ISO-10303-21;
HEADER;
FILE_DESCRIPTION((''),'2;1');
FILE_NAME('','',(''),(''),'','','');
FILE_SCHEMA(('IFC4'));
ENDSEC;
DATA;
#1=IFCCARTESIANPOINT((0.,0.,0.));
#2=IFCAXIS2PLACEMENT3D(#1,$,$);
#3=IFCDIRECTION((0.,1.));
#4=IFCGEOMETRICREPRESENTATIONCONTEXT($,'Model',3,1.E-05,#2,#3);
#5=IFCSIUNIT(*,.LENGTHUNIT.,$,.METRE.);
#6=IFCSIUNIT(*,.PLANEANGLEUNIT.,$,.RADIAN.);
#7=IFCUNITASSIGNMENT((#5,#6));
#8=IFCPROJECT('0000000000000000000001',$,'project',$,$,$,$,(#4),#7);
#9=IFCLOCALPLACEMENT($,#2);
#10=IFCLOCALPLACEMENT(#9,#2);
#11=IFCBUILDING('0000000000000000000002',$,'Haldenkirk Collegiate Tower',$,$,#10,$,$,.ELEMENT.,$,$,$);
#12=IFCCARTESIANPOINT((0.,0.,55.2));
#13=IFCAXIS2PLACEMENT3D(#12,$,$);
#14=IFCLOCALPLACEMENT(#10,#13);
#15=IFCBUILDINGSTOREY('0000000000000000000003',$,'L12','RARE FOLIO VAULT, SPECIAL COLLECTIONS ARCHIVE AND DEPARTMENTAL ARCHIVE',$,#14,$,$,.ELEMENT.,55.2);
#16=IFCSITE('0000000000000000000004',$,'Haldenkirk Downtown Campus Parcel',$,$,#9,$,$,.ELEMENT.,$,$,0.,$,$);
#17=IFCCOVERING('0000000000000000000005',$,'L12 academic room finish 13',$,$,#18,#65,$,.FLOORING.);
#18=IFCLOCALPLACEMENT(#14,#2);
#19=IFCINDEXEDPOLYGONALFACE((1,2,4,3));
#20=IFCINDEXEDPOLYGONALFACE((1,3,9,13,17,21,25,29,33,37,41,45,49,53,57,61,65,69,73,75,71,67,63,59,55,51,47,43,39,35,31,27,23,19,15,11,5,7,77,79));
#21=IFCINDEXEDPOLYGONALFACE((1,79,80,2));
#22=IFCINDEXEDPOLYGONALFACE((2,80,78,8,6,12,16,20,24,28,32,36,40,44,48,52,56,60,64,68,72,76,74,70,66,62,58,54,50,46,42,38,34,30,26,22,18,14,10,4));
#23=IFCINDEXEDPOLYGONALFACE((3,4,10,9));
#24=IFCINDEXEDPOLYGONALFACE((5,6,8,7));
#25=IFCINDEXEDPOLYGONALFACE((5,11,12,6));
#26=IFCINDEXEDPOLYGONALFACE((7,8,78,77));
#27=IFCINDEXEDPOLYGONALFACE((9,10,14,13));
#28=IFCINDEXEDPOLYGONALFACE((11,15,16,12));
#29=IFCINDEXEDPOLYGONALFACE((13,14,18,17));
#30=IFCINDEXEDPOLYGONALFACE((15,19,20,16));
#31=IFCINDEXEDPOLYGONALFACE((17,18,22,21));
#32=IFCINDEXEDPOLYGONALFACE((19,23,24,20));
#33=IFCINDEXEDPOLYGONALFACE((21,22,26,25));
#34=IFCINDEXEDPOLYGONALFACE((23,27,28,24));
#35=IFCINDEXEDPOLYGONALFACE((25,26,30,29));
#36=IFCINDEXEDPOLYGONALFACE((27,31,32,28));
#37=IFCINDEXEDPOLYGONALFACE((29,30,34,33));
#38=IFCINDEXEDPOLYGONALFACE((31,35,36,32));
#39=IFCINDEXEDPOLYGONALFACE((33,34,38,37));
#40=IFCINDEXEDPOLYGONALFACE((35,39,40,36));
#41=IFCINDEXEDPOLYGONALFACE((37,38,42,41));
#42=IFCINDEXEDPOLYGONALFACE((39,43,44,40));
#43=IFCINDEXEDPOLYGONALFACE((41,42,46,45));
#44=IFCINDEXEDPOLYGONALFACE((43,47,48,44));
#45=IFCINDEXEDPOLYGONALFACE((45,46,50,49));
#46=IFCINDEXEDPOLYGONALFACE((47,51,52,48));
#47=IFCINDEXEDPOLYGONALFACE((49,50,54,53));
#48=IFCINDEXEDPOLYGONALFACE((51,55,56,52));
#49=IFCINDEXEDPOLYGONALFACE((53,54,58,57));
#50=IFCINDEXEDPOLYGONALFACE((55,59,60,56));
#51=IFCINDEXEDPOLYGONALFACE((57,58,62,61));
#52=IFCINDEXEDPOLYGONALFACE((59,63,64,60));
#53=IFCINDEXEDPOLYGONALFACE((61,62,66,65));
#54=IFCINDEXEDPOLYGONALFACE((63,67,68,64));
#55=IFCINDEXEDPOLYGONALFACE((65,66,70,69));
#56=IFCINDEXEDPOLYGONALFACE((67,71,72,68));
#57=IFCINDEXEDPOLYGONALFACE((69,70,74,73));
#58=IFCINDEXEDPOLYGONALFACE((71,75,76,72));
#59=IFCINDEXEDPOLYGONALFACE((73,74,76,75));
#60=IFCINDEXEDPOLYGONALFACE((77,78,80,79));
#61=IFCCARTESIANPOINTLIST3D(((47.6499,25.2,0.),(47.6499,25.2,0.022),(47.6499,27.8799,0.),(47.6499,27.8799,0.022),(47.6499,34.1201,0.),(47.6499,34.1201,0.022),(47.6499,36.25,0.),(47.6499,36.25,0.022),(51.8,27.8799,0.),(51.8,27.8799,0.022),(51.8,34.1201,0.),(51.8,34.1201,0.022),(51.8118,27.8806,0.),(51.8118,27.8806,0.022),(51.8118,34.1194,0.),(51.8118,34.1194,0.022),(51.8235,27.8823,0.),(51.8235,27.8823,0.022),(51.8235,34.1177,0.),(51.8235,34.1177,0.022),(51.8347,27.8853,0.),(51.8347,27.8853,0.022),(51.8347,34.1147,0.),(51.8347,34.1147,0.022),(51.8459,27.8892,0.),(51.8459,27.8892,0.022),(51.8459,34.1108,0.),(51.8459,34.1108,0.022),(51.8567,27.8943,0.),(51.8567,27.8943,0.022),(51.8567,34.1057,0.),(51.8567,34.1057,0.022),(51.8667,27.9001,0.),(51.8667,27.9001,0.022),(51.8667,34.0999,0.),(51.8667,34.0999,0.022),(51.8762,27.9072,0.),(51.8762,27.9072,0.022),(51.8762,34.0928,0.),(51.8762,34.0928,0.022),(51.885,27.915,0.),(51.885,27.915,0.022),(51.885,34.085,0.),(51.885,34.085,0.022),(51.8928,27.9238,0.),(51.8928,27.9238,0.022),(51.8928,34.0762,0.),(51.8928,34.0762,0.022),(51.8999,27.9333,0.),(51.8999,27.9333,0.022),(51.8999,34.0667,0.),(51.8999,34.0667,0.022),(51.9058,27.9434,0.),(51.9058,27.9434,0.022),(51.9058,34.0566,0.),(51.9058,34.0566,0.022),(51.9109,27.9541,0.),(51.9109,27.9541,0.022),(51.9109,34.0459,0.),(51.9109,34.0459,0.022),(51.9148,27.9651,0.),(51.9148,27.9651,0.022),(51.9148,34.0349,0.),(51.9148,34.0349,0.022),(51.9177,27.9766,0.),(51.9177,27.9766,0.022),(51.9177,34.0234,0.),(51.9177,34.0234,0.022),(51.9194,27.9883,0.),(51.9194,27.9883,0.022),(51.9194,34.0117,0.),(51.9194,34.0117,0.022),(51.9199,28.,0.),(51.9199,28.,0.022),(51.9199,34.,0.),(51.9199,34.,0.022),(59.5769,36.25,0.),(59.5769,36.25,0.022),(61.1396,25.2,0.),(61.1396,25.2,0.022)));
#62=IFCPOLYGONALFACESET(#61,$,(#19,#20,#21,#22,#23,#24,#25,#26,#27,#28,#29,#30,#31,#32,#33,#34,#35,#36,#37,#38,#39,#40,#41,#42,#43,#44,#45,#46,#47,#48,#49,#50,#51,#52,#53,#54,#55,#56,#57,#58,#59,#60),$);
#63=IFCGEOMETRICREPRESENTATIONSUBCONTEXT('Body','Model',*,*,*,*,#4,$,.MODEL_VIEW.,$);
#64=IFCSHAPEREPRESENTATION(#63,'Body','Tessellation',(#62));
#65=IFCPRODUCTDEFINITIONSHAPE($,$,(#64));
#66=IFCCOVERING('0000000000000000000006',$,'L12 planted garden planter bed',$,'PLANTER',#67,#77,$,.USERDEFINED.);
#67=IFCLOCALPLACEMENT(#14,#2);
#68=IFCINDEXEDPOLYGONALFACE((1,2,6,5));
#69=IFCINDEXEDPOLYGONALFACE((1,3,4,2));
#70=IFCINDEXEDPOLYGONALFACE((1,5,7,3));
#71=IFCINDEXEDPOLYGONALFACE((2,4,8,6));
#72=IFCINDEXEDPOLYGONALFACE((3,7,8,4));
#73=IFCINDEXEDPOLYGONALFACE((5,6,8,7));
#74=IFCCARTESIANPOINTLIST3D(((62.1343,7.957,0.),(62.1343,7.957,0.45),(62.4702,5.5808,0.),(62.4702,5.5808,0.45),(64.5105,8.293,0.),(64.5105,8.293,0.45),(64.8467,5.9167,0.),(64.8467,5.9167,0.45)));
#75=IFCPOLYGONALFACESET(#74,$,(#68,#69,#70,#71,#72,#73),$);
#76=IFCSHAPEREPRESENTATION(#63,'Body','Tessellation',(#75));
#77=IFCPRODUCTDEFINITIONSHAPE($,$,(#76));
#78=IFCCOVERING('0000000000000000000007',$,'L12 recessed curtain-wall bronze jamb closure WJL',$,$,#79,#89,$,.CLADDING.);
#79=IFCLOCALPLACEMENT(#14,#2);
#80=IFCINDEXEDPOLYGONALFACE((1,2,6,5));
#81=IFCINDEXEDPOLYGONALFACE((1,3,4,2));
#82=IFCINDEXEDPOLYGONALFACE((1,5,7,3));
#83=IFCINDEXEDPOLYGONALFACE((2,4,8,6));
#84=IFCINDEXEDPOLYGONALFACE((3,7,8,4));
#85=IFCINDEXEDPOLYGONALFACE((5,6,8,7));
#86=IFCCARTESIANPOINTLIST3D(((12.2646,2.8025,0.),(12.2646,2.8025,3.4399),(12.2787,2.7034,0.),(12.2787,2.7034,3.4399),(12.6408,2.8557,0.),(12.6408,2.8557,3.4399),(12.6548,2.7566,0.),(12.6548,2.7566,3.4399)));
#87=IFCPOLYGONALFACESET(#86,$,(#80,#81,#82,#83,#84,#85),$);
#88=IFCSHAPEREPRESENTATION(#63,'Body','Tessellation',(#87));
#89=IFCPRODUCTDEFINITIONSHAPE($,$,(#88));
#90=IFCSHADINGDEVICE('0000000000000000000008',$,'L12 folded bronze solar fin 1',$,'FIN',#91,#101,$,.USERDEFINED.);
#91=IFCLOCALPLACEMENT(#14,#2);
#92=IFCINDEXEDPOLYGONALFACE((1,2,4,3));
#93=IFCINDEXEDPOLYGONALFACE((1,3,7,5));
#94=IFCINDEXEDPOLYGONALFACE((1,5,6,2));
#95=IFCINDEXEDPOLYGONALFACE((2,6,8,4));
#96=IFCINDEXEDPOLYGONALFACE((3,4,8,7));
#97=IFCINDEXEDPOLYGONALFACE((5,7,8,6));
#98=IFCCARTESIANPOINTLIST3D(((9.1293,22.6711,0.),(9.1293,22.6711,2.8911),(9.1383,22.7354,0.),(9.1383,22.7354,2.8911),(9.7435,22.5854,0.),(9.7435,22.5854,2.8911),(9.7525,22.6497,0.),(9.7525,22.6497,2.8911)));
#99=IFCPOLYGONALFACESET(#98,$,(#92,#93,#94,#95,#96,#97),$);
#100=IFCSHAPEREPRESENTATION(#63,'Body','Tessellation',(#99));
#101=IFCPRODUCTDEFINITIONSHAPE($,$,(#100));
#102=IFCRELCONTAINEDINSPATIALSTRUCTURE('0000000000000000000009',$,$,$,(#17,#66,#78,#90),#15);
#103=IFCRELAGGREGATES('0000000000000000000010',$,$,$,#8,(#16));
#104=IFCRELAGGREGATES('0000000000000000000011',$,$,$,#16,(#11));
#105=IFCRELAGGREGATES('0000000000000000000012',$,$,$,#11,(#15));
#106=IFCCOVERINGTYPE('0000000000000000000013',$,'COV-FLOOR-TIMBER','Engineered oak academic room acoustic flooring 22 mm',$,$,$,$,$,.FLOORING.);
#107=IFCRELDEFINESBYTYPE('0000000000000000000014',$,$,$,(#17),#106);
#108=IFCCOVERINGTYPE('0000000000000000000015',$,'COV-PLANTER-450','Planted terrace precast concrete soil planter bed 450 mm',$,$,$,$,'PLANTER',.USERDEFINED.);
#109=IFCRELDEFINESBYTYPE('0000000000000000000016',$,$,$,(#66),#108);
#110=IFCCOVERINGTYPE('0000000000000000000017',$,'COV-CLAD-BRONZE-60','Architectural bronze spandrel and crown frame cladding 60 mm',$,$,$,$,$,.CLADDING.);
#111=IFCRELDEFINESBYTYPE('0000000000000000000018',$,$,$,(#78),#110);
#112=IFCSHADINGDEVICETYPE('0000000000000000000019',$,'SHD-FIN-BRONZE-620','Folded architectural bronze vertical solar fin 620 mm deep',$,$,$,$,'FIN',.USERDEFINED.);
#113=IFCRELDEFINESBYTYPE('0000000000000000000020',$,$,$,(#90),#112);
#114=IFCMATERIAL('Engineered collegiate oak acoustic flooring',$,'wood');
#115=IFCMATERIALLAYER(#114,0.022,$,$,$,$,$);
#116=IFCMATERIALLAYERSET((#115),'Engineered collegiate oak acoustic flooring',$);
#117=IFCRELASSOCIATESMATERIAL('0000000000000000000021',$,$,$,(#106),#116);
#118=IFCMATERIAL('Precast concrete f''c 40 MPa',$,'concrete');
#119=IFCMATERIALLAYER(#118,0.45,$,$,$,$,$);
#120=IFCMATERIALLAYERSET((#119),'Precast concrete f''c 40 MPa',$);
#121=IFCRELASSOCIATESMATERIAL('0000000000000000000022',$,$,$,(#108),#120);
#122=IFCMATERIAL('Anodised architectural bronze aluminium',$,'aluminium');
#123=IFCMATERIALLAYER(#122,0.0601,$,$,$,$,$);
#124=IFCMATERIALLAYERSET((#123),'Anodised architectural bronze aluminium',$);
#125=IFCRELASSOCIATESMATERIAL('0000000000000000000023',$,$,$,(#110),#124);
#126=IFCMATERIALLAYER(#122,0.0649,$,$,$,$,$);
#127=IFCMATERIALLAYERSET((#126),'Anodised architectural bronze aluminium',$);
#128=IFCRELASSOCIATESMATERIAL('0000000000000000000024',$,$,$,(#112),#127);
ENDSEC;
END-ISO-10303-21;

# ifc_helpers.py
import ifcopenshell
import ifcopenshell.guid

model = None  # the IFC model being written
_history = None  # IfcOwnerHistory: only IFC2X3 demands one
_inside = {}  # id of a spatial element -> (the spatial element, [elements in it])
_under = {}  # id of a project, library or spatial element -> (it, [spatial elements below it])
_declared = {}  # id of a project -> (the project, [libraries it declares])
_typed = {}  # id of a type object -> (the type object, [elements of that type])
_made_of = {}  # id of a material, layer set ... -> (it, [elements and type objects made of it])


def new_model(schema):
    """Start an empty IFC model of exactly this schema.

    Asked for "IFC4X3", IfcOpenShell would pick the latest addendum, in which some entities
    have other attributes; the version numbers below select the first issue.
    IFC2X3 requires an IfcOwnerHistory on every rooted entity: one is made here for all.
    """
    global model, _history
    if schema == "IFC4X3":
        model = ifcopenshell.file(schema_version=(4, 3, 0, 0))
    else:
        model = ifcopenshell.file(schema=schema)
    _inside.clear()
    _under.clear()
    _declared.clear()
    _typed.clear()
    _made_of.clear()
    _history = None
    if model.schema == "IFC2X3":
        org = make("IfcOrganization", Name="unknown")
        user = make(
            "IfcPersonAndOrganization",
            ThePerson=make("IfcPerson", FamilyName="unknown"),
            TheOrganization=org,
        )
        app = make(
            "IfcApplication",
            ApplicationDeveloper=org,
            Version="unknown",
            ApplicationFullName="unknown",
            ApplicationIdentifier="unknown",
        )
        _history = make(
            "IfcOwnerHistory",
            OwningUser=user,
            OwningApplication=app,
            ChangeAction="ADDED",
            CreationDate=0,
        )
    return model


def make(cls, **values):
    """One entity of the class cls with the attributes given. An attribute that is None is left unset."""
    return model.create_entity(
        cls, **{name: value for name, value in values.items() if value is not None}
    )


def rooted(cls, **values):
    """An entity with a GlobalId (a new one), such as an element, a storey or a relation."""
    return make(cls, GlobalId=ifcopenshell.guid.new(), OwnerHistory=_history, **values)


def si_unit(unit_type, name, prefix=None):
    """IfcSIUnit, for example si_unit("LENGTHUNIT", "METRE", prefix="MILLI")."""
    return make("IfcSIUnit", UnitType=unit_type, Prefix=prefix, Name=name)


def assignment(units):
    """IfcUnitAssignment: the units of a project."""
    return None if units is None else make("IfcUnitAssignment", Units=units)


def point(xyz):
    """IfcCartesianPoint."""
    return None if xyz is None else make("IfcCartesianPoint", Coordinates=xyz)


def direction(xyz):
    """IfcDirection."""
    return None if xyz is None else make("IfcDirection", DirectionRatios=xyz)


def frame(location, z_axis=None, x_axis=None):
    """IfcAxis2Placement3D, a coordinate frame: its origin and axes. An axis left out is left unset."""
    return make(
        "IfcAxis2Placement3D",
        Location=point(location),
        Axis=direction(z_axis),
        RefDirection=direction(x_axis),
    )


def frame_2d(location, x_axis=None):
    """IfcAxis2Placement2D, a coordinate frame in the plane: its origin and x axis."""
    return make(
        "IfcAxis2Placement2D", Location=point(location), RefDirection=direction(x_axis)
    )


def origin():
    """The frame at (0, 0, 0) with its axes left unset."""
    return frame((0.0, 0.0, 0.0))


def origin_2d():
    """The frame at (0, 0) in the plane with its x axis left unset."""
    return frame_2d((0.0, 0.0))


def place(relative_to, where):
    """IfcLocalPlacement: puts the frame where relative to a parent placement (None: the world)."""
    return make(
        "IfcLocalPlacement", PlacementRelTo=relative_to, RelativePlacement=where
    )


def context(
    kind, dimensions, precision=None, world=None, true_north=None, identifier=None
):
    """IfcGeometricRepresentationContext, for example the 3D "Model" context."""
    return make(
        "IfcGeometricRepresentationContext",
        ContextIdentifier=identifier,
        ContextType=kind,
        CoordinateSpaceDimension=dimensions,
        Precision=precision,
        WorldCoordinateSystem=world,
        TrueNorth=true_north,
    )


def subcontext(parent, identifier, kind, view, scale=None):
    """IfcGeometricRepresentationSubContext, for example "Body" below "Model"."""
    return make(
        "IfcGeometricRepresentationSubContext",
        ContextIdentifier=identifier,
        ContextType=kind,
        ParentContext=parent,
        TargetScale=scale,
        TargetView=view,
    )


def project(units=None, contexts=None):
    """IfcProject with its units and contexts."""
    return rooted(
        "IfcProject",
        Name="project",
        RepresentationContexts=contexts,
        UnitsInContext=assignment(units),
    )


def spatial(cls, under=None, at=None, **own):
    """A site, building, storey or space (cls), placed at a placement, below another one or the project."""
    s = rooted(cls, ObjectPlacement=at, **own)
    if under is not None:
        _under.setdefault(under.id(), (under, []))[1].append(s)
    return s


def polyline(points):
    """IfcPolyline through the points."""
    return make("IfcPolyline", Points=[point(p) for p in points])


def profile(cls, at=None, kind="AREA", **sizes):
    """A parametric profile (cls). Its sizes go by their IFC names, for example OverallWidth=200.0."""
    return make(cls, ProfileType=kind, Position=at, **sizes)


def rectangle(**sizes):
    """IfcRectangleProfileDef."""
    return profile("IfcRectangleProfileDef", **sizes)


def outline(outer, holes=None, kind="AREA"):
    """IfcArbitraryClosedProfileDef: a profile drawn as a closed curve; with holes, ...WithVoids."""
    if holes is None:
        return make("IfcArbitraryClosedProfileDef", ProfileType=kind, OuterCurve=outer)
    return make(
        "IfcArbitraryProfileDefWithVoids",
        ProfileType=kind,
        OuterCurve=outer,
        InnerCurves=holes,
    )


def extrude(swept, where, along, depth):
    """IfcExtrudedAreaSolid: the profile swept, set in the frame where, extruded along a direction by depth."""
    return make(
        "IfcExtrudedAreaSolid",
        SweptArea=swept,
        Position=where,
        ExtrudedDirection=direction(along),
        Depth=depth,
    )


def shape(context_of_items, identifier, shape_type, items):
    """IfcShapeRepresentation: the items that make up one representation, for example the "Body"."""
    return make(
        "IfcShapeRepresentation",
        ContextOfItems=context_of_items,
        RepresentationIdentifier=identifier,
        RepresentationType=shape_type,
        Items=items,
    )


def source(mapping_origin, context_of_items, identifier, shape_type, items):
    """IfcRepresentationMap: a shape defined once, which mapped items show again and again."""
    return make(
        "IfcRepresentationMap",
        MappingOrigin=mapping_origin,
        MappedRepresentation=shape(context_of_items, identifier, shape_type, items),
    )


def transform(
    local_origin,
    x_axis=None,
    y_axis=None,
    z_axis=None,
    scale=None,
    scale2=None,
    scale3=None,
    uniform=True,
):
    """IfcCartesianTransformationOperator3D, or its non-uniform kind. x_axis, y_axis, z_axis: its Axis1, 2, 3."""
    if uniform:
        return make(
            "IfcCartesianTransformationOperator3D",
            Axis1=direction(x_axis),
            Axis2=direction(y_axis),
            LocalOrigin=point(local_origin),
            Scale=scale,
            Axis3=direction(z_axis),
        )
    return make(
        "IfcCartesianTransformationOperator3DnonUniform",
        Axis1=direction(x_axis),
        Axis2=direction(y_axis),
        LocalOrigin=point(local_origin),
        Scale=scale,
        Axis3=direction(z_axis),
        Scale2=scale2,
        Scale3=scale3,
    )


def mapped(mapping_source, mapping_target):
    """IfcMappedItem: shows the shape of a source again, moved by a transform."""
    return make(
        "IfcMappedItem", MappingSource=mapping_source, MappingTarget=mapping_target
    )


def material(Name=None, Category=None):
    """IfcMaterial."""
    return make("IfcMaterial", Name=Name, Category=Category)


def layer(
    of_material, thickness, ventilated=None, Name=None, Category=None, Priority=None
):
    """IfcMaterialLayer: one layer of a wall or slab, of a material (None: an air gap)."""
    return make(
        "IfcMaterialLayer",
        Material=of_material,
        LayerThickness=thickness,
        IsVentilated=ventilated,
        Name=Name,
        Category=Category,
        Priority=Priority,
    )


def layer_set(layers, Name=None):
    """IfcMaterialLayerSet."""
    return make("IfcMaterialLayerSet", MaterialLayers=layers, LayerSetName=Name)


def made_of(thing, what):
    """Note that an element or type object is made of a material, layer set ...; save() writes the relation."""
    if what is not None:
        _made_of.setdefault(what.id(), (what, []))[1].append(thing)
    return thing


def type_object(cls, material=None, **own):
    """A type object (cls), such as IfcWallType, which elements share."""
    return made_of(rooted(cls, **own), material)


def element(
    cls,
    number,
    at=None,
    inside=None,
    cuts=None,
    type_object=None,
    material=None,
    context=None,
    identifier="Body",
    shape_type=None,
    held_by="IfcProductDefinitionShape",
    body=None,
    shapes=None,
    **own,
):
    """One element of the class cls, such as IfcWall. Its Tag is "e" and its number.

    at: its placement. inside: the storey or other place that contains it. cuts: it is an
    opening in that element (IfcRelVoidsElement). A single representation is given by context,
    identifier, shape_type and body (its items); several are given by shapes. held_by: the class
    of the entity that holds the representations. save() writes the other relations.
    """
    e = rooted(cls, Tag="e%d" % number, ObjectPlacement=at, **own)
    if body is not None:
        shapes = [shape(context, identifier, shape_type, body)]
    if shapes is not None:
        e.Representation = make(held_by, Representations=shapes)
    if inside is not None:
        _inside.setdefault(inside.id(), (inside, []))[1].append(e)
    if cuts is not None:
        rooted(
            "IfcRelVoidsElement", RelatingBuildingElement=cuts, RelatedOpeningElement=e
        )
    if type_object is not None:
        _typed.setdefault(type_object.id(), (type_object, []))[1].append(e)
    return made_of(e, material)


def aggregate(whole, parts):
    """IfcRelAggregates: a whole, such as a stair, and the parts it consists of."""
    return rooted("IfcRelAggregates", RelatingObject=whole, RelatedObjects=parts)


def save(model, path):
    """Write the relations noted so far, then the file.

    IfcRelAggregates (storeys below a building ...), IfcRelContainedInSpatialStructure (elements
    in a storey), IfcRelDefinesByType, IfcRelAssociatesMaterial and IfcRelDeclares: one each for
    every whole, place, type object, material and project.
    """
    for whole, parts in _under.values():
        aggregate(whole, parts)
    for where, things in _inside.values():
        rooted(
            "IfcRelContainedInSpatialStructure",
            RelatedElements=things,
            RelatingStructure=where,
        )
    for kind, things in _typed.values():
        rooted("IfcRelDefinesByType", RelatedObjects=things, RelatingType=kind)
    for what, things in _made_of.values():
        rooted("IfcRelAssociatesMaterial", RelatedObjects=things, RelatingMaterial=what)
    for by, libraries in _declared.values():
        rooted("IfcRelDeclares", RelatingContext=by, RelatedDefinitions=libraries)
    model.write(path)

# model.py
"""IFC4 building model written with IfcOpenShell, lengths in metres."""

from ifc_helpers import new_model, si_unit, direction, frame, origin, origin_2d, place, context, subcontext, project, spatial, polyline, rectangle, outline, extrude, source, transform, mapped, material, layer, layer_set, type_object, element, save


model = new_model("IFC4")

# Units and contexts
model_context = context("Model", 3, precision=1e-05, world=origin(), true_north=direction((0.0, 1.0)))
body_context = subcontext(model_context, "Body", "Model", "MODEL_VIEW")
ifc_project = project(units=[si_unit("LENGTHUNIT", "METRE"), si_unit("PLANEANGLEUNIT", "RADIAN")], contexts=[model_context])

# Site, building, storey
site_placement = place(None, origin())
site = spatial("IfcSite", under=ifc_project, at=site_placement, Name="Haldenkirk Downtown Campus Parcel", CompositionType="ELEMENT", RefElevation=0.0)
building_placement = place(site_placement, origin())
building = spatial("IfcBuilding", under=site, at=building_placement, Name="Haldenkirk Collegiate Tower", CompositionType="ELEMENT")
storey_placement = place(building_placement, frame((0.0, 0.0, 55.2)))
storey = spatial("IfcBuildingStorey", under=building, at=storey_placement, Name="L12", Description="RARE FOLIO VAULT, SPECIAL COLLECTIONS ARCHIVE AND DEPARTMENTAL ARCHIVE", CompositionType="ELEMENT", Elevation=55.2)

# Shared definitions
ifc_material_1 = material(Name="Anodised architectural bronze aluminium", Category="aluminium")

# Shared definitions
ifc_material_2 = material(Name="Precast concrete f'c 40 MPa", Category="concrete")

# Coverings
ifc_material_3 = material(Name="Engineered collegiate oak acoustic flooring", Category="wood")
ifc_layer_1 = layer(ifc_material_3, 0.022)
ifc_layer_set_1 = layer_set([ifc_layer_1], Name="Engineered collegiate oak acoustic flooring")
covering_type_1 = type_object("IfcCoveringType", Name="COV-FLOOR-TIMBER", Description="Engineered oak academic room acoustic flooring 22 mm", PredefinedType="FLOORING", material=ifc_layer_set_1)
covering_1_placement = place(storey_placement, origin())
element("IfcCovering", 1, at=covering_1_placement, inside=storey, type_object=covering_type_1, Name="L12 academic room finish 13", PredefinedType="FLOORING", context=body_context, shape_type="SweptSolid", body=[
    extrude(outline(polyline([(51.8, 27.8799), (51.8118, 27.8806), (51.8235, 27.8823), (51.8347, 27.8853), (51.8459, 27.8892), (51.8567, 27.8943), (51.8667, 27.9001), (51.8762, 27.9072), (51.885, 27.915), (51.8928, 27.9238), (51.8999, 27.9333), (51.9058, 27.9434), (51.9109, 27.9541), (51.9148, 27.9651), (51.9177, 27.9766), (51.9194, 27.9883), (51.9199, 28.0), (51.9199, 34.0), (51.9194, 34.0117), (51.9177, 34.0234), (51.9148, 34.0349), (51.9109, 34.0459), (51.9058, 34.0566), (51.8999, 34.0667), (51.8928, 34.0762), (51.885, 34.085), (51.8762, 34.0928), (51.8667, 34.0999), (51.8567, 34.1057), (51.8459, 34.1108), (51.8347, 34.1147), (51.8235, 34.1177), (51.8118, 34.1194), (51.8, 34.1201), (47.6499, 34.1201), (47.6499, 36.25), (59.5769, 36.25), (61.1396, 25.2), (47.6499, 25.2), (47.6499, 27.8799), (51.8, 27.8799)])), origin(), (0.0, 0.0, 1.0), 0.022),
])
ifc_layer_2 = layer(ifc_material_2, 0.45)
ifc_layer_set_2 = layer_set([ifc_layer_2], Name="Precast concrete f'c 40 MPa")
covering_type_2 = type_object("IfcCoveringType", Name="COV-PLANTER-450", Description="Planted terrace precast concrete soil planter bed 450 mm", ElementType="PLANTER", PredefinedType="USERDEFINED", material=ifc_layer_set_2)
covering_2_placement = place(storey_placement, origin())
element("IfcCovering", 2, at=covering_2_placement, inside=storey, type_object=covering_type_2, Name="L12 planted garden planter bed", ObjectType="PLANTER", PredefinedType="USERDEFINED", context=body_context, shape_type="SweptSolid", body=[
    extrude(outline(polyline([(62.4702, 5.5808), (62.1343, 7.957), (64.5105, 8.293), (64.8467, 5.9167), (62.4702, 5.5808)])), origin(), (0.0, 0.0, 1.0), 0.45),
])
ifc_layer_3 = layer(ifc_material_1, 0.0601)
ifc_layer_set_3 = layer_set([ifc_layer_3], Name="Anodised architectural bronze aluminium")
covering_type_3 = type_object("IfcCoveringType", Name="COV-CLAD-BRONZE-60", Description="Architectural bronze spandrel and crown frame cladding 60 mm", PredefinedType="CLADDING", material=ifc_layer_set_3)
shared_shape_1 = source(origin(), body_context, "Body", "SweptSolid", [
    extrude(rectangle(XDim=0.1001, YDim=0.3799, at=origin_2d()), origin(), (0.0, 0.0, 1.0), 3.4399),
])
covering_3_placement = place(storey_placement, frame((12.4597, 2.7795, 0.0), z_axis=(0.0, 0.0, 1.0), x_axis=(-0.140037, 0.990146, 0.0)))
element("IfcCovering", 3, at=covering_3_placement, inside=storey, type_object=covering_type_3, Name="L12 recessed curtain-wall bronze jamb closure WJL", PredefinedType="CLADDING", context=body_context, shape_type="MappedRepresentation", body=[
    mapped(shared_shape_1, transform((0.0, 0.0, 0.0), x_axis=(1.0, 0.0, 0.0), y_axis=(0.0, 1.0, 0.0), z_axis=(0.0, 0.0, 1.0), scale=1.0)),
])

# Shading device
ifc_layer_4 = layer(ifc_material_1, 0.0649)
ifc_layer_set_4 = layer_set([ifc_layer_4], Name="Anodised architectural bronze aluminium")
shading_device_type = type_object("IfcShadingDeviceType", Name="SHD-FIN-BRONZE-620", Description="Folded architectural bronze vertical solar fin 620 mm deep", ElementType="FIN", PredefinedType="USERDEFINED", material=ifc_layer_set_4)
shared_shape_2 = source(origin(), body_context, "Body", "SweptSolid", [
    extrude(rectangle(XDim=0.6201, YDim=0.0649, at=origin_2d()), origin(), (0.0, 0.0, 1.0), 2.8911),
])
shading_device_placement = place(storey_placement, frame((9.4409, 22.6604, 0.0), z_axis=(0.0, 0.0, 1.0), x_axis=(-0.990389, 0.138309, 0.0)))
element("IfcShadingDevice", 4, at=shading_device_placement, inside=storey, type_object=shading_device_type, Name="L12 folded bronze solar fin 1", ObjectType="FIN", PredefinedType="USERDEFINED", context=body_context, shape_type="MappedRepresentation", body=[
    mapped(shared_shape_2, transform((0.0, 0.0, 0.0), x_axis=(1.0, 0.0, 0.0), y_axis=(0.0, 1.0, 0.0), z_axis=(0.0, 0.0, 1.0), scale=1.0)),
])

save(model, "model.ifc")
